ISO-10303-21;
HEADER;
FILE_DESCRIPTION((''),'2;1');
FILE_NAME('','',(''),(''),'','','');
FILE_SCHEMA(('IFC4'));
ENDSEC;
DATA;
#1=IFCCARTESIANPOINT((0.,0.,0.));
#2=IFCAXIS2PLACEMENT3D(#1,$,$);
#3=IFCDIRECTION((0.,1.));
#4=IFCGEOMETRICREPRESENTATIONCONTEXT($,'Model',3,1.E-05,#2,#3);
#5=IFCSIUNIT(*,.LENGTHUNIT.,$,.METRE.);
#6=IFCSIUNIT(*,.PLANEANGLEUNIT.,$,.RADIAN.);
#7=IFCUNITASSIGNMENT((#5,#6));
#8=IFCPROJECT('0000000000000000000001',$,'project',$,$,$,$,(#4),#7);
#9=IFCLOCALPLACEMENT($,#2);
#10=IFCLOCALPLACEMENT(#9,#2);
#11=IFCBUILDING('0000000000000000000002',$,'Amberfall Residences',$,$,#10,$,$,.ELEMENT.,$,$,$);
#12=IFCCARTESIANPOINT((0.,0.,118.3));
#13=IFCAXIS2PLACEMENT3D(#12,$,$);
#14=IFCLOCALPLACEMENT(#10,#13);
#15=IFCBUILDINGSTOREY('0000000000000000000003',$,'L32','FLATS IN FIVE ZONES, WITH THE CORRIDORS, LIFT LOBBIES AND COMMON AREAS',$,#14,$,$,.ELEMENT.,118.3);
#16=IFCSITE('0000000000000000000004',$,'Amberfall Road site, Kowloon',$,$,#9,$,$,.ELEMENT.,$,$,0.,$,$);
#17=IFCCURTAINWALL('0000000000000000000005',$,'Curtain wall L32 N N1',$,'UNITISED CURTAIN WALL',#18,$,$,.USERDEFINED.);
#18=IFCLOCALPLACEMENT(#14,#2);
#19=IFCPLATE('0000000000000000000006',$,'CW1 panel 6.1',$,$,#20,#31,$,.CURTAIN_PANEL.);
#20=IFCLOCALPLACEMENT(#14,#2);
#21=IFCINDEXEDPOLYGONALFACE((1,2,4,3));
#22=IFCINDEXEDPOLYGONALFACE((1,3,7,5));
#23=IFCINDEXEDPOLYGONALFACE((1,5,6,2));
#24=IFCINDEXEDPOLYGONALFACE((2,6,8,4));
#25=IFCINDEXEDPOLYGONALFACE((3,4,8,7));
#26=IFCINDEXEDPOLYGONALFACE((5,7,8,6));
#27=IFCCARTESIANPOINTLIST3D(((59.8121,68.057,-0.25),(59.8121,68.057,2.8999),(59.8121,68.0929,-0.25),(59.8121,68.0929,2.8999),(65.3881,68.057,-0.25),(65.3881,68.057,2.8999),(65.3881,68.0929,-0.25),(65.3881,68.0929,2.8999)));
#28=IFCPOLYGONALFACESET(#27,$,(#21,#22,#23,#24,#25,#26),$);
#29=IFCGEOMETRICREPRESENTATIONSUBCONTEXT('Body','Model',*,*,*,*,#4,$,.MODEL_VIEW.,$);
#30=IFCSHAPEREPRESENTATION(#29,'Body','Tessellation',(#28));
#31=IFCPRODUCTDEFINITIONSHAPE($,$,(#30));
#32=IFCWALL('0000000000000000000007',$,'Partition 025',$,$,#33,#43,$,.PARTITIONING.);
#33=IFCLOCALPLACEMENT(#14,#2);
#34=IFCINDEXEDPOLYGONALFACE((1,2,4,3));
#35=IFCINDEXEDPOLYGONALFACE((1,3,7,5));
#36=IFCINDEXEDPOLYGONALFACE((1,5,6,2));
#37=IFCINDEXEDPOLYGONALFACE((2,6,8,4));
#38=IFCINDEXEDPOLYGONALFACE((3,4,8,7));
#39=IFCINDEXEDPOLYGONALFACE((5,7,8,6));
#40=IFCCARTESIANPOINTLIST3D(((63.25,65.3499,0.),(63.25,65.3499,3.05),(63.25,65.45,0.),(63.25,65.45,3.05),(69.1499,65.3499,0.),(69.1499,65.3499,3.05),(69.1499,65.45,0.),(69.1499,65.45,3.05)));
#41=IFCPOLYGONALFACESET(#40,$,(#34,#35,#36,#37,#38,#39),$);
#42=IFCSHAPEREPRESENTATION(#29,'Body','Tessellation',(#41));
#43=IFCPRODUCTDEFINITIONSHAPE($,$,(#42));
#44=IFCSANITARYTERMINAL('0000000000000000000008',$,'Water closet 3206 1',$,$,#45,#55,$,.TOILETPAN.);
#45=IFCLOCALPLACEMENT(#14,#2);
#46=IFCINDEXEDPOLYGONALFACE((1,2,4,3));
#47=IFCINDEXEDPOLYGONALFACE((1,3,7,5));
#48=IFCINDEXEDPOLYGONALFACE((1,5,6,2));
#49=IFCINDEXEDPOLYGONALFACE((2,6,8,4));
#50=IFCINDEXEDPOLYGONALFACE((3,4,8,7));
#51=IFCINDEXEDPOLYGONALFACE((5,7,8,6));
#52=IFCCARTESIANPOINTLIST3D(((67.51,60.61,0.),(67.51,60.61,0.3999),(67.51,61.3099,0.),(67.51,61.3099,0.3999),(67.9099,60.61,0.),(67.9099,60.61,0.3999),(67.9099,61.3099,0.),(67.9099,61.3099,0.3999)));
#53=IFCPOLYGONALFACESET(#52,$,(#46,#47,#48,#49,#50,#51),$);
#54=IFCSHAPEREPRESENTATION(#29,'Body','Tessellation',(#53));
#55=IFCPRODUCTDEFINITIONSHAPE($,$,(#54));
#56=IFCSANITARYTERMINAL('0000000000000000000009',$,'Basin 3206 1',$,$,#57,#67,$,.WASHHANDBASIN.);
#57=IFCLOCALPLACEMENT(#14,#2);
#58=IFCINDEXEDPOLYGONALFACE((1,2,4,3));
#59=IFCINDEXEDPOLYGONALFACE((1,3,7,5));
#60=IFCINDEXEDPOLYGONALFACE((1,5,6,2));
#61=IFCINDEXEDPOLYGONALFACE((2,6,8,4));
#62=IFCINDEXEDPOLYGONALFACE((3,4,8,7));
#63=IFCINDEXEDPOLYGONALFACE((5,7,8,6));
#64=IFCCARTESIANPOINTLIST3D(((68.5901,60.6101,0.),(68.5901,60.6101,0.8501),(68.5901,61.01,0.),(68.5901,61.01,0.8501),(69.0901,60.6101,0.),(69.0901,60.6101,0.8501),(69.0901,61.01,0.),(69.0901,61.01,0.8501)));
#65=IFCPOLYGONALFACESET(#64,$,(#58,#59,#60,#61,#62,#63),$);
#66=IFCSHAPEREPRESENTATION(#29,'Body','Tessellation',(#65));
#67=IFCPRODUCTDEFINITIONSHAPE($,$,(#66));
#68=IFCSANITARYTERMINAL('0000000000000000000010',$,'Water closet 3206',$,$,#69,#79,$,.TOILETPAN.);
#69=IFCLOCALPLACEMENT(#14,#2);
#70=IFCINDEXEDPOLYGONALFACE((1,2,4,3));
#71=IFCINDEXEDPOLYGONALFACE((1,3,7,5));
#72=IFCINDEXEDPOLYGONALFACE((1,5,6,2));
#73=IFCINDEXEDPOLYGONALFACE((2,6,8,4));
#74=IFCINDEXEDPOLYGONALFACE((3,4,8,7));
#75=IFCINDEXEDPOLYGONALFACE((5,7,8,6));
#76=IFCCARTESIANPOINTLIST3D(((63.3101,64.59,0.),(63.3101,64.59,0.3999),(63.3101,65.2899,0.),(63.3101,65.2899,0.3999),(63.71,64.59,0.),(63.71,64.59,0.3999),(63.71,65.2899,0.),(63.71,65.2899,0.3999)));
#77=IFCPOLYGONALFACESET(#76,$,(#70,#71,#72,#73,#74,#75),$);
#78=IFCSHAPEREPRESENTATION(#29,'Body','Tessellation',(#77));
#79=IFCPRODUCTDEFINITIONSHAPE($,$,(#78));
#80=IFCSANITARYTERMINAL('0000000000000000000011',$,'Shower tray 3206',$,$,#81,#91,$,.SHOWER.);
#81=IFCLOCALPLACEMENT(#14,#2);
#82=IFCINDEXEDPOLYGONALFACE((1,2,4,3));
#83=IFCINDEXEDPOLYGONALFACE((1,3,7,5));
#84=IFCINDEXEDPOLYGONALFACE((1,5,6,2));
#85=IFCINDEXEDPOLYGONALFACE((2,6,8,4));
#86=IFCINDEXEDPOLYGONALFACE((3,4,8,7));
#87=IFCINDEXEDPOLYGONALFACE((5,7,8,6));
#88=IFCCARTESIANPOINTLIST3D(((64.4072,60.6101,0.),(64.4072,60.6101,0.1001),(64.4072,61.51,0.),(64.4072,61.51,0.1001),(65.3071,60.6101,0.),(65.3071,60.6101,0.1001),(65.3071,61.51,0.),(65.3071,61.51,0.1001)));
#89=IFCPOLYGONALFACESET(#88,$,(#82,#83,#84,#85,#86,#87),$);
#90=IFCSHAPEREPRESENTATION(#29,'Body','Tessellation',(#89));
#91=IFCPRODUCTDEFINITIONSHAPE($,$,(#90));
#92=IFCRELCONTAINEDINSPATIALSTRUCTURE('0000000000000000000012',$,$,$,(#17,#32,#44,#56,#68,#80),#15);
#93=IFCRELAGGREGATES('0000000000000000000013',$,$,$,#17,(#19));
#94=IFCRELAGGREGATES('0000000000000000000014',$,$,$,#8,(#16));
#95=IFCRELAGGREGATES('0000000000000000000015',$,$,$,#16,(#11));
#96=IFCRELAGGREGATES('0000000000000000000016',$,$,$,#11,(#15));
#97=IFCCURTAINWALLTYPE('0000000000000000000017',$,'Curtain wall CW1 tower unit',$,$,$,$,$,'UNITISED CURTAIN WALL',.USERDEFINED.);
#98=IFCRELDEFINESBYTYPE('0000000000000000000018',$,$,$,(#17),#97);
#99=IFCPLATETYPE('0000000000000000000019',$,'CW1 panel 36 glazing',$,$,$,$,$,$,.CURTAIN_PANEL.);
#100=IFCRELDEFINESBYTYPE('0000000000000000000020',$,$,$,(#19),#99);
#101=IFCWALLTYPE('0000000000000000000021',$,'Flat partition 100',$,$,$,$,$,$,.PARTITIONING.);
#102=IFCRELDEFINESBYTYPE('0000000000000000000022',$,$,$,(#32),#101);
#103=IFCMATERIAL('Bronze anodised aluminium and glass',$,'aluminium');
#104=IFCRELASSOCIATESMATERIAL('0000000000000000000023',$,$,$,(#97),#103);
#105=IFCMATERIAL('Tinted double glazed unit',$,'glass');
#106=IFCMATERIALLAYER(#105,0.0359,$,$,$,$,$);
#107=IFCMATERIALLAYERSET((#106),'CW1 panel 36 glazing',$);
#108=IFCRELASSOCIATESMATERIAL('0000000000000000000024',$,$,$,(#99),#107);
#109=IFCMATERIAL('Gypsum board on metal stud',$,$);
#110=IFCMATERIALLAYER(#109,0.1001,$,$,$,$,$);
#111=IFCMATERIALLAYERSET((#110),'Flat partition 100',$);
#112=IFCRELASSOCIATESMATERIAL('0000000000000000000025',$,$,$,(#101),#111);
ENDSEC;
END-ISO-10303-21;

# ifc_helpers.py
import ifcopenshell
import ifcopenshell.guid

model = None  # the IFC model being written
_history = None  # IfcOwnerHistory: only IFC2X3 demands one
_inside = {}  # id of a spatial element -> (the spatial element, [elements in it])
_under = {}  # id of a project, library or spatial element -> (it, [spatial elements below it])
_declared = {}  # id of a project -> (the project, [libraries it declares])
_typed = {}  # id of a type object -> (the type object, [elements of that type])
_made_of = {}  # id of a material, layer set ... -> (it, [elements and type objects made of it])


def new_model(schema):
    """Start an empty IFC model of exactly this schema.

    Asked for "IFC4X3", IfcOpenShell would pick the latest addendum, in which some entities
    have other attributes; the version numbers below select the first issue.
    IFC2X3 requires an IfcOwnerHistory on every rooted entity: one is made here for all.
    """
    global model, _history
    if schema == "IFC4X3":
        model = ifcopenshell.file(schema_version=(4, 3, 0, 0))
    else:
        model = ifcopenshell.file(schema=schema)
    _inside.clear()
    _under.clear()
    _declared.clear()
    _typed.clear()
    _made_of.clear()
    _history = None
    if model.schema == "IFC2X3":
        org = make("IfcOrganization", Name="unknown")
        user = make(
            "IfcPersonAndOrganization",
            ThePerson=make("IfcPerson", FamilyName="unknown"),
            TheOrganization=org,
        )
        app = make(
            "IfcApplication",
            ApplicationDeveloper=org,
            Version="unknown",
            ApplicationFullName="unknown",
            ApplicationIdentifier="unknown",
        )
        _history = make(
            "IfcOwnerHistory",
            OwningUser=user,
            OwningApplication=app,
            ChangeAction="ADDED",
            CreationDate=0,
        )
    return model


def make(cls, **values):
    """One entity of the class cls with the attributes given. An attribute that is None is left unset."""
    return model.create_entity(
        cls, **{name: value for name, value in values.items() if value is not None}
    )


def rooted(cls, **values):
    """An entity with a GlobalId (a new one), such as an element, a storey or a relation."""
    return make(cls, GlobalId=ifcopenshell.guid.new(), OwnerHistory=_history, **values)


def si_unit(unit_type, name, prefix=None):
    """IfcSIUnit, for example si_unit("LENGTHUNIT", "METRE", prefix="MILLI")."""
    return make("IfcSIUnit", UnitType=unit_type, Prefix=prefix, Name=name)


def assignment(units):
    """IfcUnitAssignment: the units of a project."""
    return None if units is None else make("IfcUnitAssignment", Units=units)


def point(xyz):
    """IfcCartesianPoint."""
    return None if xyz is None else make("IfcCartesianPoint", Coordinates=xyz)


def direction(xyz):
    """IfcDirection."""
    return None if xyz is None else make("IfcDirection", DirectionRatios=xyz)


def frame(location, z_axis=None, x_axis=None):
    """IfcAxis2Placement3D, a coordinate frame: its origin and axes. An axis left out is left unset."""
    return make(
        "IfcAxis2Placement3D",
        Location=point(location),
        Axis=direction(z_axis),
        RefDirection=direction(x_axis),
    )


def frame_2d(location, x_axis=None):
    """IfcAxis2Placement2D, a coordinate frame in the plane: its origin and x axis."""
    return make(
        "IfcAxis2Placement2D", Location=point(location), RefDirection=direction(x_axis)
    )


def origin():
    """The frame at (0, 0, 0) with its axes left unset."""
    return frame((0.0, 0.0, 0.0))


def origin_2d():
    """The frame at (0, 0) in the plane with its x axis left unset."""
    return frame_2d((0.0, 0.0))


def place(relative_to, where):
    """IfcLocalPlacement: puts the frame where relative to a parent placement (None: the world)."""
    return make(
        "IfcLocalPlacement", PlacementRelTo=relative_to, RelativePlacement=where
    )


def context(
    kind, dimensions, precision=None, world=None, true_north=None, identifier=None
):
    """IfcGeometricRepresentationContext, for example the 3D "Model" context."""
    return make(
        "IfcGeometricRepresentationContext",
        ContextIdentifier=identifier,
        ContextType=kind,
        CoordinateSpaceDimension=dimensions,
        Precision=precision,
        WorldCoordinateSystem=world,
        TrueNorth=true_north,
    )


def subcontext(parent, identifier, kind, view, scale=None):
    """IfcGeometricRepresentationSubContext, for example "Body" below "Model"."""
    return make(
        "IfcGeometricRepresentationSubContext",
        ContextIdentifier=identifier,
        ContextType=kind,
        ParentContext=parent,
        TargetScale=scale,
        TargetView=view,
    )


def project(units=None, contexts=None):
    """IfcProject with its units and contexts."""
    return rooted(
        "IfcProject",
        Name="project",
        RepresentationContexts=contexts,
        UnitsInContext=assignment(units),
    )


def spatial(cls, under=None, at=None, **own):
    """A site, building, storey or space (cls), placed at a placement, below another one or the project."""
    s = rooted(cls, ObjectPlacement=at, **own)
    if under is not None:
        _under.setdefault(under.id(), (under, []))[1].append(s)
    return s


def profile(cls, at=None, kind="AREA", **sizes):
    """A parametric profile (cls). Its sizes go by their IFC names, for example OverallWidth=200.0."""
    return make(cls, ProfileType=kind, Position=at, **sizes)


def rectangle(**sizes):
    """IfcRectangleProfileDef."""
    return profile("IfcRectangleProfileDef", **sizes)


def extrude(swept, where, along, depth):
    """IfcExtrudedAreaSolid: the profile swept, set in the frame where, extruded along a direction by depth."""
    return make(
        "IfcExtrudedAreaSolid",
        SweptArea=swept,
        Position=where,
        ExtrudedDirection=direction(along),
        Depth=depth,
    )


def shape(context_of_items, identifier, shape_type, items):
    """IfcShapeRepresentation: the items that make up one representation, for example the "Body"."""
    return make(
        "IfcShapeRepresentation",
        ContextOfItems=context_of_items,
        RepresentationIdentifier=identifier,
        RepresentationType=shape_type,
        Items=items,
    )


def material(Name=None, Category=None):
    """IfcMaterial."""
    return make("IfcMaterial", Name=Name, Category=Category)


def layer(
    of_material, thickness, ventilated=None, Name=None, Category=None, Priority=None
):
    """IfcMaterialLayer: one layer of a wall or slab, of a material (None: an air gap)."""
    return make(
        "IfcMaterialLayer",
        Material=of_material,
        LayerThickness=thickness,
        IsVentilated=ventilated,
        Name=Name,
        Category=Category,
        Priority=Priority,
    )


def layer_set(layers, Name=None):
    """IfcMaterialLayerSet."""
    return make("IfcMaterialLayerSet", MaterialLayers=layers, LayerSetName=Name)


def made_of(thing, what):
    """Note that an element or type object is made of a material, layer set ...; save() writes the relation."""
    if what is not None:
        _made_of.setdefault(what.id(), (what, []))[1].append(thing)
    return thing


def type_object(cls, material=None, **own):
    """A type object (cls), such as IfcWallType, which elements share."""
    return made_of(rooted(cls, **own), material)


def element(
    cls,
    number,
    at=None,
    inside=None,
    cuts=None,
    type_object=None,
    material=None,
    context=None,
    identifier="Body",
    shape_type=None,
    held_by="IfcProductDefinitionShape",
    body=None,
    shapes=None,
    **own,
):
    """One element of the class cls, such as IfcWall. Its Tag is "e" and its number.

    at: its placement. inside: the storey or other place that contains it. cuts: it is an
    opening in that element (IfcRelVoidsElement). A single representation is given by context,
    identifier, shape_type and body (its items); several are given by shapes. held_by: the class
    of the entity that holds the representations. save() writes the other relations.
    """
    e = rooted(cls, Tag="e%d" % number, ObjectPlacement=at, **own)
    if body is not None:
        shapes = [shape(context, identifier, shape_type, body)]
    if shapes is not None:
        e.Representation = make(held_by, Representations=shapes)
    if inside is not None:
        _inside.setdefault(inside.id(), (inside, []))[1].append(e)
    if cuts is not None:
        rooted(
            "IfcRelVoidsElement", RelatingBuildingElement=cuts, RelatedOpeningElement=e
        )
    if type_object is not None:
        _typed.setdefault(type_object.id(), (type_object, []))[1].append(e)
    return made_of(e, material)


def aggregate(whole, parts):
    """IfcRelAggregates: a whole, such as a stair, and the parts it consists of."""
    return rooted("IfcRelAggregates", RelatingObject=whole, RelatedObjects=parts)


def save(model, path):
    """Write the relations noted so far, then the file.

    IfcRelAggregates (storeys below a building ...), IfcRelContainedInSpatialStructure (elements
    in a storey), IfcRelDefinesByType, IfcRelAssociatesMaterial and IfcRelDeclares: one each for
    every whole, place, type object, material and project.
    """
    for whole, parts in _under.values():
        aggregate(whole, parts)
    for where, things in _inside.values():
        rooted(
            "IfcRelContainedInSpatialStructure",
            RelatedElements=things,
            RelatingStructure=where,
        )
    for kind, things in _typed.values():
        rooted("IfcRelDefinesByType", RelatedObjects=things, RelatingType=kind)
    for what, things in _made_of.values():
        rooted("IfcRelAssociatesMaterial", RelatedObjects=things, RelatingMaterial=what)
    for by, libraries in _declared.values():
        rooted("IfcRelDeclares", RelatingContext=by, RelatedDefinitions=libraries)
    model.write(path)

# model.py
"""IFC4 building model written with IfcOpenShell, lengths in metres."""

from ifc_helpers import new_model, si_unit, direction, frame, frame_2d, origin, origin_2d, place, context, subcontext, project, spatial, rectangle, extrude, material, layer, layer_set, type_object, element, aggregate, save


model = new_model("IFC4")

# Units and contexts
model_context = context("Model", 3, precision=1e-05, world=origin(), true_north=direction((0.0, 1.0)))
body_context = subcontext(model_context, "Body", "Model", "MODEL_VIEW")
ifc_project = project(units=[si_unit("LENGTHUNIT", "METRE"), si_unit("PLANEANGLEUNIT", "RADIAN")], contexts=[model_context])

# Site, building, storey
site_placement = place(None, origin())
site = spatial("IfcSite", under=ifc_project, at=site_placement, Name="Amberfall Road site, Kowloon", CompositionType="ELEMENT", RefElevation=0.0)
building_placement = place(site_placement, origin())
building = spatial("IfcBuilding", under=site, at=building_placement, Name="Amberfall Residences", CompositionType="ELEMENT")
storey_placement = place(building_placement, frame((0.0, 0.0, 118.3)))
storey = spatial("IfcBuildingStorey", under=building, at=storey_placement, Name="L32", Description="FLATS IN FIVE ZONES, WITH THE CORRIDORS, LIFT LOBBIES AND COMMON AREAS", CompositionType="ELEMENT", Elevation=118.3)

# Curtain wall
ifc_material_1 = material(Name="Bronze anodised aluminium and glass", Category="aluminium")
curtain_wall_type = type_object("IfcCurtainWallType", Name="Curtain wall CW1 tower unit", ElementType="UNITISED CURTAIN WALL", PredefinedType="USERDEFINED", material=ifc_material_1)
curtain_wall_placement = place(storey_placement, origin())
curtain_wall = element("IfcCurtainWall", 1, at=curtain_wall_placement, inside=storey, type_object=curtain_wall_type, Name="Curtain wall L32 N N1", ObjectType="UNITISED CURTAIN WALL", PredefinedType="USERDEFINED")

# Plate
ifc_material_2 = material(Name="Tinted double glazed unit", Category="glass")
ifc_layer_1 = layer(ifc_material_2, 0.0359)
ifc_layer_set_1 = layer_set([ifc_layer_1], Name="CW1 panel 36 glazing")
plate_type = type_object("IfcPlateType", Name="CW1 panel 36 glazing", PredefinedType="CURTAIN_PANEL", material=ifc_layer_set_1)
plate_1_placement = place(storey_placement, frame((62.6001, 68.075, -0.25), z_axis=(0.0, 0.0, 1.0), x_axis=(-1.0, 0.0, 0.0)))
plate_1 = element("IfcPlate", 2, at=plate_1_placement, type_object=plate_type, Name="CW1 panel 6.1", PredefinedType="CURTAIN_PANEL", context=body_context, shape_type="SweptSolid", body=[
    extrude(rectangle(XDim=5.5759, YDim=0.0359, at=origin_2d()), origin(), (0.0, 0.0, 1.0), 3.1499),
])
aggregate(curtain_wall, [plate_1])

# Wall
ifc_material_3 = material(Name="Gypsum board on metal stud")
ifc_layer_2 = layer(ifc_material_3, 0.1001)
ifc_layer_set_2 = layer_set([ifc_layer_2], Name="Flat partition 100")
wall_type = type_object("IfcWallType", Name="Flat partition 100", PredefinedType="PARTITIONING", material=ifc_layer_set_2)
wall_placement = place(storey_placement, frame((63.25, 65.3999, 0.0), z_axis=(0.0, 0.0, 1.0), x_axis=(1.0, 0.0, 0.0)))
element("IfcWall", 3, at=wall_placement, inside=storey, type_object=wall_type, Name="Partition 025", PredefinedType="PARTITIONING", context=body_context, shape_type="SweptSolid", body=[
    extrude(rectangle(XDim=5.8999, YDim=0.1001, at=frame_2d((2.95, 0.0))), origin(), (0.0, 0.0, 1.0), 3.05),
])

# Sanitary terminals
sanitary_terminal_1_placement = place(storey_placement, frame((67.71, 60.96, 0.0), z_axis=(0.0, 0.0, 1.0), x_axis=(1.0, 0.0, 0.0)))
element("IfcSanitaryTerminal", 4, at=sanitary_terminal_1_placement, inside=storey, Name="Water closet 3206 1", PredefinedType="TOILETPAN", context=body_context, shape_type="SweptSolid", body=[
    extrude(rectangle(XDim=0.3999, YDim=0.7, at=origin_2d()), origin(), (0.0, 0.0, 1.0), 0.3999),
])
sanitary_terminal_2_placement = place(storey_placement, frame((68.8401, 60.8101, 0.0), z_axis=(0.0, 0.0, 1.0), x_axis=(1.0, 0.0, 0.0)))
element("IfcSanitaryTerminal", 5, at=sanitary_terminal_2_placement, inside=storey, Name="Basin 3206 1", PredefinedType="WASHHANDBASIN", context=body_context, shape_type="SweptSolid", body=[
    extrude(rectangle(XDim=0.5, YDim=0.3999, at=origin_2d()), origin(), (0.0, 0.0, 1.0), 0.8501),
])
sanitary_terminal_3_placement = place(storey_placement, frame((63.51, 64.9399, 0.0), z_axis=(0.0, 0.0, 1.0), x_axis=(1.0, 0.0, 0.0)))
element("IfcSanitaryTerminal", 6, at=sanitary_terminal_3_placement, inside=storey, Name="Water closet 3206", PredefinedType="TOILETPAN", context=body_context, shape_type="SweptSolid", body=[
    extrude(rectangle(XDim=0.3999, YDim=0.7, at=origin_2d()), origin(), (0.0, 0.0, 1.0), 0.3999),
])
sanitary_terminal_4_placement = place(storey_placement, frame((64.8572, 61.0601, 0.0), z_axis=(0.0, 0.0, 1.0), x_axis=(1.0, 0.0, 0.0)))
element("IfcSanitaryTerminal", 7, at=sanitary_terminal_4_placement, inside=storey, Name="Shower tray 3206", PredefinedType="SHOWER", context=body_context, shape_type="SweptSolid", body=[
    extrude(rectangle(XDim=0.8999, YDim=0.8999, at=origin_2d()), origin(), (0.0, 0.0, 1.0), 0.1001),
])

save(model, "model.ifc")
